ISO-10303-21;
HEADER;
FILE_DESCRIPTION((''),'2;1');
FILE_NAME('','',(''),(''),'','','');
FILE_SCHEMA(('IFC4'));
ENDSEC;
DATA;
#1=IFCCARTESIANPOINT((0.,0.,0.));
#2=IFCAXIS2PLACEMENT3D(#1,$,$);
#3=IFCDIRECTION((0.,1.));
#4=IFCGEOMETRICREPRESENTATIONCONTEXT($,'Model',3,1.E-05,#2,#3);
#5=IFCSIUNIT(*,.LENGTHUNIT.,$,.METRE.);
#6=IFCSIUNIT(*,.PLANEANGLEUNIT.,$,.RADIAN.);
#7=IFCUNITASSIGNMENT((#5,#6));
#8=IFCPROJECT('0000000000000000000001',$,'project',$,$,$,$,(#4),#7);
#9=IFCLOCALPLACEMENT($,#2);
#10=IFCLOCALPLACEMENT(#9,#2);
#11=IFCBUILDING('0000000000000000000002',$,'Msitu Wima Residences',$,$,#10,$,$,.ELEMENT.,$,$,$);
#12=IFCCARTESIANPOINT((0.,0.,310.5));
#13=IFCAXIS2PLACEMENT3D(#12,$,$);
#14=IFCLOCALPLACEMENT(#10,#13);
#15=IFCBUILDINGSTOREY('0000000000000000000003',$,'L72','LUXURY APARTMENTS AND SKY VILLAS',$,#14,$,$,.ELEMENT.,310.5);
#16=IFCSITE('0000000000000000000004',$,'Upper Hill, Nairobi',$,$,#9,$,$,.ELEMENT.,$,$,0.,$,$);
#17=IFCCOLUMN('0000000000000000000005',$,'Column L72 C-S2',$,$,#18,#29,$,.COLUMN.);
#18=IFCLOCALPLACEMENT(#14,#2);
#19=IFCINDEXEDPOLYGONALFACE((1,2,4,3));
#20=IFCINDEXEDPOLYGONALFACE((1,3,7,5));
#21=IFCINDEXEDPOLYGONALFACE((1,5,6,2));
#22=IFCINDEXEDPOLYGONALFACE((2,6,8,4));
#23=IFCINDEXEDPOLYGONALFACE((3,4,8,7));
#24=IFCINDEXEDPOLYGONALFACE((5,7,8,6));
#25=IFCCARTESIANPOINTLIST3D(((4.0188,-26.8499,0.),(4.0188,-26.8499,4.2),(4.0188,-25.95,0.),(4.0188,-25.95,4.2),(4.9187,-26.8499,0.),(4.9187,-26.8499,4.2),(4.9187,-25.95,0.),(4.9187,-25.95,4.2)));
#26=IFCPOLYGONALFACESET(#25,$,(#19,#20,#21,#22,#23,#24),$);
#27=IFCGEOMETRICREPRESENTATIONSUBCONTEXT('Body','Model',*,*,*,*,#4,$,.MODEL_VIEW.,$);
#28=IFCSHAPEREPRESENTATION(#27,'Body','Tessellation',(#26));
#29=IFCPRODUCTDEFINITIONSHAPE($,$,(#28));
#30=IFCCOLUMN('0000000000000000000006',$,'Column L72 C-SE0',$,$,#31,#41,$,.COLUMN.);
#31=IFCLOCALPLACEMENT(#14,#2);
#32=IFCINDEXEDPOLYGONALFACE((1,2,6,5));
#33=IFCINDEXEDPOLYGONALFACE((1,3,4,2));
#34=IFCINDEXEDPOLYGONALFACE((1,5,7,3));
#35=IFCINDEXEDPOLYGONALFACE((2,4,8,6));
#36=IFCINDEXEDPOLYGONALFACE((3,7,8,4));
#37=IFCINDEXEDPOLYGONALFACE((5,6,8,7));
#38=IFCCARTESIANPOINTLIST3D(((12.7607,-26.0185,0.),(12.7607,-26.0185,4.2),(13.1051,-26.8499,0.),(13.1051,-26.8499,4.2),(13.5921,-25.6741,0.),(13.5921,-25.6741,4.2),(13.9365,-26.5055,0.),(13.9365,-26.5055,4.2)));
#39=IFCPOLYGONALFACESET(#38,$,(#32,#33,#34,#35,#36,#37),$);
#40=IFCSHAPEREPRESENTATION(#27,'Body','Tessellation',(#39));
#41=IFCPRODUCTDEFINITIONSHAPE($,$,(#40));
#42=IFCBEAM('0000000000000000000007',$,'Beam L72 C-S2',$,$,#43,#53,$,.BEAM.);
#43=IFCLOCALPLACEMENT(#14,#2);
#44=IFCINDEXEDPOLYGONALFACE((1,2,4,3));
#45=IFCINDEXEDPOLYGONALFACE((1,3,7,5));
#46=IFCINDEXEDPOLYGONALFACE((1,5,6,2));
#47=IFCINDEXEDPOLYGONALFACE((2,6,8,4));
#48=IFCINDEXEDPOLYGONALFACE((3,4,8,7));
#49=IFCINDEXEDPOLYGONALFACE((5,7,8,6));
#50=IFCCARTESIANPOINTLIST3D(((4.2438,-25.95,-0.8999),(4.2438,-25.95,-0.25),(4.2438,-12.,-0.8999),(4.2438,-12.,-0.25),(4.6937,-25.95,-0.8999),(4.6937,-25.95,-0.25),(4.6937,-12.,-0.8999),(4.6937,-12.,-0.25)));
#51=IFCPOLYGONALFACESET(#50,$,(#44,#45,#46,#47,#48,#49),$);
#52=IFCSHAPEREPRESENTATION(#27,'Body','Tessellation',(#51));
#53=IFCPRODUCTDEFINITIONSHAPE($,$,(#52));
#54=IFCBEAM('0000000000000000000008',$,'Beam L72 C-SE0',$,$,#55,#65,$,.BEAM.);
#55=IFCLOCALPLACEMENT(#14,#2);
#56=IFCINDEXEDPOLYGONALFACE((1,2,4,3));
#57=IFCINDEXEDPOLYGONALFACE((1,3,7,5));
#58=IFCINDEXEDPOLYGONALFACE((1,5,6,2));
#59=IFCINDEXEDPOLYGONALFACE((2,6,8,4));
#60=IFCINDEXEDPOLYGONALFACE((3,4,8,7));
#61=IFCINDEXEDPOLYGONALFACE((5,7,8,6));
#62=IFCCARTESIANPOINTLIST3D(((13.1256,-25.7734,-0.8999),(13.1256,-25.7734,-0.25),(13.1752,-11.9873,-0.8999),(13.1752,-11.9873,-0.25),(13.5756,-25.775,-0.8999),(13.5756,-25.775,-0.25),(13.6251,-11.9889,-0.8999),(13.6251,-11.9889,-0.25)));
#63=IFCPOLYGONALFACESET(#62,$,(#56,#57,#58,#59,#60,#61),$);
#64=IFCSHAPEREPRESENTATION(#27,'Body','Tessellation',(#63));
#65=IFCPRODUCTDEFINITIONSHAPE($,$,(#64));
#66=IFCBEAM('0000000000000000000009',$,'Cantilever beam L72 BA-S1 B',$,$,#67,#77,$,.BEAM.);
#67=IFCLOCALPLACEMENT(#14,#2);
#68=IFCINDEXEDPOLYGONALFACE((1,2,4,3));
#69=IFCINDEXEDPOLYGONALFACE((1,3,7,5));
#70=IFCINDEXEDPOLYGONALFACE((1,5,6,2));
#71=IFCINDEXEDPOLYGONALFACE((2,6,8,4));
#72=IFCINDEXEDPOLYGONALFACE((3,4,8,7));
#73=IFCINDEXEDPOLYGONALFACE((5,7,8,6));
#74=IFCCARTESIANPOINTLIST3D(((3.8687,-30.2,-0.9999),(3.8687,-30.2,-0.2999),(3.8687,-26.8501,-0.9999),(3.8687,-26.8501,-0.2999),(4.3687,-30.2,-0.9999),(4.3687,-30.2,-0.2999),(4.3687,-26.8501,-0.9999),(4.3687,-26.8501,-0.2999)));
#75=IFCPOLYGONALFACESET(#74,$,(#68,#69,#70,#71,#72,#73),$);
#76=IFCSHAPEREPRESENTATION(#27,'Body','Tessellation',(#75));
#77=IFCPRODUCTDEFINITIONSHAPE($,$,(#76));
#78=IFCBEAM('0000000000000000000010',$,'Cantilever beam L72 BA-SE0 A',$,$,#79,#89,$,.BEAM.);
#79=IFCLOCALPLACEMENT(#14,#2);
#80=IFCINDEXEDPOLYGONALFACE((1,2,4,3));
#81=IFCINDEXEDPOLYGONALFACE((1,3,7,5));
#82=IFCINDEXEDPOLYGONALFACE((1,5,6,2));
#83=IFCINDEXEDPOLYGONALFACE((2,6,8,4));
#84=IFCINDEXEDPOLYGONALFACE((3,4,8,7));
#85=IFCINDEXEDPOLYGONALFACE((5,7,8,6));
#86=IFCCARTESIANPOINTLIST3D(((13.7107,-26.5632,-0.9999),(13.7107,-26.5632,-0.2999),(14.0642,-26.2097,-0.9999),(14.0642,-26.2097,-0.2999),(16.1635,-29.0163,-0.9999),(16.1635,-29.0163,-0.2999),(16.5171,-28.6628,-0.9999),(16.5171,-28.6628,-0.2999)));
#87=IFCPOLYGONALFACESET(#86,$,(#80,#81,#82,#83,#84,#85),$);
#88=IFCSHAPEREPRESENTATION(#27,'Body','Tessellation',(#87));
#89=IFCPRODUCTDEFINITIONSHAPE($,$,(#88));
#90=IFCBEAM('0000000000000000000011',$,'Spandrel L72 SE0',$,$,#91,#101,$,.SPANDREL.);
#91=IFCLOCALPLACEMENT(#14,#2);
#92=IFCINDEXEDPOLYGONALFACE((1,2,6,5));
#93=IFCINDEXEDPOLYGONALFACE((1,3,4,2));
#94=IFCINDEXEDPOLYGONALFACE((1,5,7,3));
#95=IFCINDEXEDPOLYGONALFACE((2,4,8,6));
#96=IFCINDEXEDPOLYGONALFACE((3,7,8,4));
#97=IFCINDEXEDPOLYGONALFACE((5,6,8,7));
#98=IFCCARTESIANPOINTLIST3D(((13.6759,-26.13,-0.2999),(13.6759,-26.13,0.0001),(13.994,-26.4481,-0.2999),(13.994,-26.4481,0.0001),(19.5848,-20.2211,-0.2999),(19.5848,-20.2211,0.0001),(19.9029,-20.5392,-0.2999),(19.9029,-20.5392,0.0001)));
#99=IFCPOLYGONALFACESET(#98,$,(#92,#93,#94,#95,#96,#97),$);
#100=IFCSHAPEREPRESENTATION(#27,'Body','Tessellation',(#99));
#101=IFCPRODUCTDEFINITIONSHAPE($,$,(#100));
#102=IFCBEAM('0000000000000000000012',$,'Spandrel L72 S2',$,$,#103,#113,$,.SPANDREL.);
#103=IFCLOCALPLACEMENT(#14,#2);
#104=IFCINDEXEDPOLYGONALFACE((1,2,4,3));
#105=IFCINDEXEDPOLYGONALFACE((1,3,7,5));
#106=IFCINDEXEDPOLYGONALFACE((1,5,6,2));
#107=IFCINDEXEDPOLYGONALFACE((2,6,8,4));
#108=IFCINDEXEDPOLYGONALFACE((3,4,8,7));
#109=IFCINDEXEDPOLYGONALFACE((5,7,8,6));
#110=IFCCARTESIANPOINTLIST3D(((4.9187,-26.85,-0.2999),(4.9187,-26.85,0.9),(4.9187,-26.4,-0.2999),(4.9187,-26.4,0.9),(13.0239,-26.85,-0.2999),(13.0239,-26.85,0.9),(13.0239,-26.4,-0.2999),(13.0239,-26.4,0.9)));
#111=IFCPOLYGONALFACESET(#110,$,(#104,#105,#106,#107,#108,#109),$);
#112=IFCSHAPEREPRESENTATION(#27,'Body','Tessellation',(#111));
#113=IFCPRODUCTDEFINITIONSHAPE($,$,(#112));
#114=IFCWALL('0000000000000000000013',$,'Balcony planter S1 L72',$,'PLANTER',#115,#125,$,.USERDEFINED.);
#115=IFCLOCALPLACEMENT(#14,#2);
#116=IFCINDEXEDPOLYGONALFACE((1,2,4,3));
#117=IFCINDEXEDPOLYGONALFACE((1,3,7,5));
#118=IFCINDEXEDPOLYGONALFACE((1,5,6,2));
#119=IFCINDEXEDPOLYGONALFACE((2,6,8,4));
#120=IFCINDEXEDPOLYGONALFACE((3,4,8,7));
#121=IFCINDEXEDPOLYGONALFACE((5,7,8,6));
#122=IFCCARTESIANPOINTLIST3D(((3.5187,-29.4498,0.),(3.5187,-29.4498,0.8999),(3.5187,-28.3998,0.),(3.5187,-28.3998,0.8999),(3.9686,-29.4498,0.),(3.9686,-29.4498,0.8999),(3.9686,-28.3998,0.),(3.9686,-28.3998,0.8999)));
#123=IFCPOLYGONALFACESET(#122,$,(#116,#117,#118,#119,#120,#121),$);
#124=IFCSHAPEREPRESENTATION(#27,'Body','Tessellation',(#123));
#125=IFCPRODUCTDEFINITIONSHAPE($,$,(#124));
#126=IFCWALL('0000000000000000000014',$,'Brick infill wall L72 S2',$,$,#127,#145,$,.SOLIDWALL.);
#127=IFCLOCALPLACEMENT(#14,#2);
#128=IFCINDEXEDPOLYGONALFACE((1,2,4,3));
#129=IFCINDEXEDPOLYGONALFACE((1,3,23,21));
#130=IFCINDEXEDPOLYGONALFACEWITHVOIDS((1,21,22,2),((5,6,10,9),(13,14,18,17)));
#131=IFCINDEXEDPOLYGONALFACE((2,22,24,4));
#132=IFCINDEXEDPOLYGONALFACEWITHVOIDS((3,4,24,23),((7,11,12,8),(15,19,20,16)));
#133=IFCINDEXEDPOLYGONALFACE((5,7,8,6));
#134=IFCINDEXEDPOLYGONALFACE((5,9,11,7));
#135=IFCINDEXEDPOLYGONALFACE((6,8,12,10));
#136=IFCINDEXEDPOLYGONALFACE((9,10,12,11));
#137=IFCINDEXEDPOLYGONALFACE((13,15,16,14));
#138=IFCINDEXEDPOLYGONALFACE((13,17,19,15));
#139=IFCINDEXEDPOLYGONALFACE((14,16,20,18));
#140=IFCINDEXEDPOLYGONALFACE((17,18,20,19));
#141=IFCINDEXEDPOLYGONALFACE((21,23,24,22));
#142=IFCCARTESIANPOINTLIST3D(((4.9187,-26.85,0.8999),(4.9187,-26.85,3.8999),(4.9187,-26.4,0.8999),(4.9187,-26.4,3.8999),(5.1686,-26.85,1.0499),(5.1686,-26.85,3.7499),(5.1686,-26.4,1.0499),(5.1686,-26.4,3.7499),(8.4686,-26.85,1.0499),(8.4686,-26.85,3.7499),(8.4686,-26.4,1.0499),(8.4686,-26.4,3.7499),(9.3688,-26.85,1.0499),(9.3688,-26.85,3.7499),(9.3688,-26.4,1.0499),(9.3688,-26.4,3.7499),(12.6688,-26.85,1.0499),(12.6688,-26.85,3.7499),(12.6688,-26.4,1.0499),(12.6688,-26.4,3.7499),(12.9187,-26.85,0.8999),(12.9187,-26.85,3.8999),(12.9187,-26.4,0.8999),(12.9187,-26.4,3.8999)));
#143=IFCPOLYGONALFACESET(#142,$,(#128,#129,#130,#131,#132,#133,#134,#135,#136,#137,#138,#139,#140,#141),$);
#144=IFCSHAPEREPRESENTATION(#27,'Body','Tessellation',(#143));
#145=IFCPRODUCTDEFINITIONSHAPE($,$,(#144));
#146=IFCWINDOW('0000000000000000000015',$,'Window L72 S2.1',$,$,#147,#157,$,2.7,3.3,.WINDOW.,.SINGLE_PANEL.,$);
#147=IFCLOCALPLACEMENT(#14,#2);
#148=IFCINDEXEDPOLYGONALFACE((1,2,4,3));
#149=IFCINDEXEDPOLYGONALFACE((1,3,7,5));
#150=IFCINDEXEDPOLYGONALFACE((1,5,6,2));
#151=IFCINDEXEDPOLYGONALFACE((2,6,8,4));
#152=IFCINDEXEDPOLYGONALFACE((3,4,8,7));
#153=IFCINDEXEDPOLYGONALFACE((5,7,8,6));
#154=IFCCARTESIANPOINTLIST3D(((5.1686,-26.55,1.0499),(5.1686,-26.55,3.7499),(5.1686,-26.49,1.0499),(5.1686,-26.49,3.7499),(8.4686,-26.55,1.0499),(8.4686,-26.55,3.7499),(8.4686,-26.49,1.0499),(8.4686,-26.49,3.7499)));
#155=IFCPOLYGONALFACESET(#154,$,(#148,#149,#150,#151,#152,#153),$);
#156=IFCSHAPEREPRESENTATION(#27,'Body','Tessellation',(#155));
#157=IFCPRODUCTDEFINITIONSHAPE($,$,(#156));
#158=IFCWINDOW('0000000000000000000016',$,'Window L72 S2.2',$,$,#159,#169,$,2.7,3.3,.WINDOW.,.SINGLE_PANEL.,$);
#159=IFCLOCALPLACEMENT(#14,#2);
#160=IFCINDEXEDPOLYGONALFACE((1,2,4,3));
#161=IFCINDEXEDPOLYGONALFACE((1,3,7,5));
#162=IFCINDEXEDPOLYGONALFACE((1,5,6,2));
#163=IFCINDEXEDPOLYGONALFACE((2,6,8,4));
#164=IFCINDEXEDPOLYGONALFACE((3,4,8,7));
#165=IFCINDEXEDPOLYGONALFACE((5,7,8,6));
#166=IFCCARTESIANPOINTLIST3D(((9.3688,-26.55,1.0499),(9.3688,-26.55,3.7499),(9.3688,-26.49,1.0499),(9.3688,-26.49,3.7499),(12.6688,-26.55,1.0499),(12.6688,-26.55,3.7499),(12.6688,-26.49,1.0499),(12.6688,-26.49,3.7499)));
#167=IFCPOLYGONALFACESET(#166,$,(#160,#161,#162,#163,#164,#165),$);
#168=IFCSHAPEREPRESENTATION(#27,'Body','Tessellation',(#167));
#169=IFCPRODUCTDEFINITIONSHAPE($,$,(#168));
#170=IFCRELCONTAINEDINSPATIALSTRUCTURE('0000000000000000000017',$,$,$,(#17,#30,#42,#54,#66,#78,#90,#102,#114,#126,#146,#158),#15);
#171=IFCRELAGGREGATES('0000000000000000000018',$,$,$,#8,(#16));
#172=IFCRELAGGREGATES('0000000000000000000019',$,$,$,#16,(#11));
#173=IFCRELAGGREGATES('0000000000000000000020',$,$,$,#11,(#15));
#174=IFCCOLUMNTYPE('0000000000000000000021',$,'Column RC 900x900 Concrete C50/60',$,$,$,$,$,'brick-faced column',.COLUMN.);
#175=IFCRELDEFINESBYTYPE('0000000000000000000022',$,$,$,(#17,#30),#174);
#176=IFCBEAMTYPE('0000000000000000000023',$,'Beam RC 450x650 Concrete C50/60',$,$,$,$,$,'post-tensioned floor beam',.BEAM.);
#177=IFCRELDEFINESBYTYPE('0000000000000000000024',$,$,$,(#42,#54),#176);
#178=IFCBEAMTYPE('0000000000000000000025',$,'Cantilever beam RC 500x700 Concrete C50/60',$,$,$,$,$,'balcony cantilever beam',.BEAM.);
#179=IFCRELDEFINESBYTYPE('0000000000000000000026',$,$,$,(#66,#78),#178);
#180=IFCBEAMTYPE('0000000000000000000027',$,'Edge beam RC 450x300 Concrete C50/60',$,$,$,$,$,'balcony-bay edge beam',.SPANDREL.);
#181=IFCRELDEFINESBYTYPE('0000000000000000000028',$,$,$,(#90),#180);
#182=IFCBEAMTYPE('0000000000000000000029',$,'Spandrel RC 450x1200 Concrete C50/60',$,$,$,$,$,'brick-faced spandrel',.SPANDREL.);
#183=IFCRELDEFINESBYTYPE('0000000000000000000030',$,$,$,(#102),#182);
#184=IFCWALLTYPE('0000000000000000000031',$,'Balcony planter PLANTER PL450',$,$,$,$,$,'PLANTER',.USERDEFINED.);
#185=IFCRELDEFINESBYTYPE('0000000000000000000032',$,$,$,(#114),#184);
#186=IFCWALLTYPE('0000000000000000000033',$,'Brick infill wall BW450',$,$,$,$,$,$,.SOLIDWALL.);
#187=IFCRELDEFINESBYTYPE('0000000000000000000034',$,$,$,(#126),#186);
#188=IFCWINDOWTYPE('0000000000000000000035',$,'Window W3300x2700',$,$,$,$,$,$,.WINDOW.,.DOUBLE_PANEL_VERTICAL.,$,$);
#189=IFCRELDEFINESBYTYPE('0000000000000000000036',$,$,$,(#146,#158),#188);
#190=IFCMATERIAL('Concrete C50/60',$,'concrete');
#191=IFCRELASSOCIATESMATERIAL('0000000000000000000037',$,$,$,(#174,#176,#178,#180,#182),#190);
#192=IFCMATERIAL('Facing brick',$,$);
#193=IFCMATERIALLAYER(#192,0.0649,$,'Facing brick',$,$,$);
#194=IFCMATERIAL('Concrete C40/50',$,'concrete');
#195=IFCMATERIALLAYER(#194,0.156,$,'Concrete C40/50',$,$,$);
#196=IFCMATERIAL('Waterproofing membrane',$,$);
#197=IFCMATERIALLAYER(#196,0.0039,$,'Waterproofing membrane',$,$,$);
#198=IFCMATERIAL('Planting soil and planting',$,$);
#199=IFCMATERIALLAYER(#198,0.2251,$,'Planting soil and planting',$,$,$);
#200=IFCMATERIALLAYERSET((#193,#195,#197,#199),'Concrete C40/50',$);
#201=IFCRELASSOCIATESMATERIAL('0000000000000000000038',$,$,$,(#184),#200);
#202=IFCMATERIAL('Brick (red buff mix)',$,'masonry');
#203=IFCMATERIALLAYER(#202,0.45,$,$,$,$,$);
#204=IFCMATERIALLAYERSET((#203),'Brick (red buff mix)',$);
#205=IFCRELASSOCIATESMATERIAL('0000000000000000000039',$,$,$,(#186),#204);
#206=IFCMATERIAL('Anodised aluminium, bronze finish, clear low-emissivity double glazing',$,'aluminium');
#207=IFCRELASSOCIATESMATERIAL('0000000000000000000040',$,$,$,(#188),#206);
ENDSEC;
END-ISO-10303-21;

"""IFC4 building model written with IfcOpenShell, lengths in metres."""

from ifc_helpers import new_model, si_unit, direction, frame, frame_2d, origin, origin_2d, place, context, subcontext, project, spatial, rectangle, extrude, material, layer, layer_set, material_profile, profile_set, type_object, element, fill, save


model = new_model("IFC4")

# Units and contexts
model_context = context("Model", 3, precision=1e-05, world=origin(), true_north=direction((0.0, 1.0)))
body_context = subcontext(model_context, "Body", "Model", "MODEL_VIEW")
ifc_project = project(units=[si_unit("LENGTHUNIT", "METRE"), si_unit("PLANEANGLEUNIT", "RADIAN")], contexts=[model_context])

# Site, building, storey
site_placement = place(None, origin())
site = spatial("IfcSite", under=ifc_project, at=site_placement, Name="Upper Hill, Nairobi", CompositionType="ELEMENT", RefElevation=0.0)
building_placement = place(site_placement, origin())
building = spatial("IfcBuilding", under=site, at=building_placement, Name="Msitu Wima Residences", CompositionType="ELEMENT")
storey_placement = place(building_placement, frame((0.0, 0.0, 310.5)))
storey = spatial("IfcBuildingStorey", under=building, at=storey_placement, Name="L72", Description="LUXURY APARTMENTS AND SKY VILLAS", CompositionType="ELEMENT", Elevation=310.5)

# Columns
ifc_material_1 = material(Name="Concrete C50/60", Category="concrete")
ifc_material_profile_1 = material_profile(ifc_material_1, rectangle(XDim=0.8999, YDim=0.8999, at=origin_2d()), Name="RC 900x900")
ifc_profile_set_1 = profile_set([ifc_material_profile_1], Name="Concrete C50/60")
column_type = type_object("IfcColumnType", Name="Column RC 900x900 Concrete C50/60", ElementType="brick-faced column", PredefinedType="COLUMN", material=ifc_profile_set_1)
for number, where, z_axis, x_axis, name in (
    (1, (4.4688, -26.3999, 0.0), (0.0, 0.0, 1.0), (1.0, 0.0, 0.0), "Column L72 C-S2"),
    (2, (13.3486, -26.262, 0.0), (0.0, 0.0, 1.0), (0.92388, 0.382683, 0.0), "Column L72 C-SE0"),
):
    element("IfcColumn", number, at=place(storey_placement, frame(where, z_axis=z_axis, x_axis=x_axis)), inside=storey, type_object=column_type, Name=name, PredefinedType="COLUMN", context=body_context, shape_type="SweptSolid", body=[
        extrude(rectangle(XDim=0.8999, YDim=0.8999, at=origin_2d()), origin(), (0.0, 0.0, 1.0), 4.2),
    ])

# Beams
ifc_material_profile_2 = material_profile(ifc_material_1, rectangle(XDim=0.45, YDim=0.6499, at=origin_2d()), Name="RC 450x650")
ifc_profile_set_2 = profile_set([ifc_material_profile_2], Name="Concrete C50/60")
beam_type_1 = type_object("IfcBeamType", Name="Beam RC 450x650 Concrete C50/60", ElementType="post-tensioned floor beam", PredefinedType="BEAM", material=ifc_profile_set_2)
beam_1_placement = place(storey_placement, frame((4.4688, -25.95, -0.575), z_axis=(0.0, 1.0, 0.0), x_axis=(-1.0, 0.0, 0.0)))
element("IfcBeam", 3, at=beam_1_placement, inside=storey, type_object=beam_type_1, Name="Beam L72 C-S2", PredefinedType="BEAM", context=body_context, shape_type="SweptSolid", body=[
    extrude(rectangle(XDim=0.45, YDim=0.6499, at=origin_2d()), origin(), (0.0, 0.0, 1.0), 13.95),
])
beam_2_placement = place(storey_placement, frame((13.3506, -25.7742, -0.575), z_axis=(0.003595, 0.999994, 0.0), x_axis=(-0.999994, 0.003595, 0.0)))
element("IfcBeam", 4, at=beam_2_placement, inside=storey, type_object=beam_type_1, Name="Beam L72 C-SE0", PredefinedType="BEAM", context=body_context, shape_type="SweptSolid", body=[
    extrude(rectangle(XDim=0.45, YDim=0.6499, at=origin_2d()), origin(), (0.0, 0.0, 1.0), 13.7861),
])
ifc_material_profile_3 = material_profile(ifc_material_1, rectangle(XDim=0.5, YDim=0.7, at=origin_2d()), Name="RC 500x700")
ifc_profile_set_3 = profile_set([ifc_material_profile_3], Name="Concrete C50/60")
beam_type_2 = type_object("IfcBeamType", Name="Cantilever beam RC 500x700 Concrete C50/60", ElementType="balcony cantilever beam", PredefinedType="BEAM", material=ifc_profile_set_3)
beam_3_placement = place(storey_placement, frame((4.1187, -26.8501, -0.6499), z_axis=(0.0, -1.0, 0.0), x_axis=(1.0, 0.0, 0.0)))
element("IfcBeam", 5, at=beam_3_placement, inside=storey, type_object=beam_type_2, Name="Cantilever beam L72 BA-S1 B", PredefinedType="BEAM", context=body_context, shape_type="SweptSolid", body=[
    extrude(rectangle(XDim=0.5, YDim=0.7, at=origin_2d()), origin(), (0.0, 0.0, 1.0), 3.3499),
])
beam_4_placement = place(storey_placement, frame((13.8875, -26.3865, -0.6499), z_axis=(0.707072, -0.707142, 0.0), x_axis=(0.707142, 0.707072, 0.0)))
element("IfcBeam", 6, at=beam_4_placement, inside=storey, type_object=beam_type_2, Name="Cantilever beam L72 BA-SE0 A", PredefinedType="BEAM", context=body_context, shape_type="SweptSolid", body=[
    extrude(rectangle(XDim=0.5, YDim=0.7, at=origin_2d()), origin(), (0.0, 0.0, 1.0), 3.469),
])
ifc_material_profile_4 = material_profile(ifc_material_1, rectangle(XDim=0.45, YDim=0.3, at=origin_2d()), Name="RC 450x300")
ifc_profile_set_4 = profile_set([ifc_material_profile_4], Name="Concrete C50/60")
beam_type_3 = type_object("IfcBeamType", Name="Edge beam RC 450x300 Concrete C50/60", ElementType="balcony-bay edge beam", PredefinedType="SPANDREL", material=ifc_profile_set_4)
beam_5_placement = place(storey_placement, frame((13.835, -26.2891, -0.1499), z_axis=(0.707107, 0.707107, 0.0), x_axis=(-0.707107, 0.707107, 0.0)))
element("IfcBeam", 7, at=beam_5_placement, inside=storey, type_object=beam_type_3, Name="Spandrel L72 SE0", PredefinedType="SPANDREL", context=body_context, shape_type="SweptSolid", body=[
    extrude(rectangle(XDim=0.45, YDim=0.3, at=origin_2d()), origin(), (0.0, 0.0, 1.0), 8.3564),
])
ifc_material_profile_5 = material_profile(ifc_material_1, rectangle(XDim=0.45, YDim=1.2, at=origin_2d()), Name="RC 450x1200")
ifc_profile_set_5 = profile_set([ifc_material_profile_5], Name="Concrete C50/60")
beam_type_4 = type_object("IfcBeamType", Name="Spandrel RC 450x1200 Concrete C50/60", ElementType="brick-faced spandrel", PredefinedType="SPANDREL", material=ifc_profile_set_5)
beam_6_placement = place(storey_placement, frame((4.9187, -26.625, 0.3), z_axis=(1.0, 0.0, 0.0), x_axis=(0.0, 1.0, 0.0)))
element("IfcBeam", 8, at=beam_6_placement, inside=storey, type_object=beam_type_4, Name="Spandrel L72 S2", PredefinedType="SPANDREL", context=body_context, shape_type="SweptSolid", body=[
    extrude(rectangle(XDim=0.45, YDim=1.2, at=origin_2d()), origin(), (0.0, 0.0, 1.0), 8.1052),
])

# Wall
ifc_material_2 = material(Name="Facing brick")
ifc_layer_1 = layer(ifc_material_2, 0.0649, Name="Facing brick")
ifc_material_3 = material(Name="Concrete C40/50", Category="concrete")
ifc_layer_2 = layer(ifc_material_3, 0.156, Name="Concrete C40/50")
ifc_material_4 = material(Name="Waterproofing membrane")
ifc_layer_3 = layer(ifc_material_4, 0.0039, Name="Waterproofing membrane")
ifc_material_5 = material(Name="Planting soil and planting")
ifc_layer_4 = layer(ifc_material_5, 0.2251, Name="Planting soil and planting")
ifc_layer_set_1 = layer_set([ifc_layer_1, ifc_layer_2, ifc_layer_3, ifc_layer_4], Name="Concrete C40/50")
wall_type_1 = type_object("IfcWallType", Name="Balcony planter PLANTER PL450", ElementType="PLANTER", PredefinedType="USERDEFINED", material=ifc_layer_set_1)
wall_1_placement = place(storey_placement, frame((3.7437, -28.3999, 0.0), z_axis=(0.0, 0.0, 1.0), x_axis=(0.0, -1.0, 0.0)))
element("IfcWall", 9, at=wall_1_placement, inside=storey, type_object=wall_type_1, Name="Balcony planter S1 L72", ObjectType="PLANTER", PredefinedType="USERDEFINED", context=body_context, shape_type="SweptSolid", body=[
    extrude(rectangle(XDim=1.05, YDim=0.45, at=frame_2d((0.5249, 0.0))), origin(), (0.0, 0.0, 1.0), 0.8999),
])

# Wall, openings, windows
ifc_material_6 = material(Name="Brick (red buff mix)", Category="masonry")
ifc_layer_5 = layer(ifc_material_6, 0.45)
ifc_layer_set_2 = layer_set([ifc_layer_5], Name="Brick (red buff mix)")
wall_type_2 = type_object("IfcWallType", Name="Brick infill wall BW450", PredefinedType="SOLIDWALL", material=ifc_layer_set_2)
wall_2_placement = place(storey_placement, frame((4.9187, -26.625, 0.8999), z_axis=(0.0, 0.0, 1.0), x_axis=(1.0, 0.0, 0.0)))
wall_2 = element("IfcWall", 10, at=wall_2_placement, inside=storey, type_object=wall_type_2, Name="Brick infill wall L72 S2", PredefinedType="SOLIDWALL", context=body_context, shape_type="SweptSolid", body=[
    extrude(rectangle(XDim=8.0, YDim=0.45, at=frame_2d((4.0, 0.0))), origin(), (0.0, 0.0, 1.0), 3.0),
])
opening_1_placement = place(wall_2_placement, frame((0.25, 0.0, 0.1499)))
opening_1 = element("IfcOpeningElement", 11, at=opening_1_placement, cuts=wall_2, PredefinedType="OPENING", context=body_context, shape_type="SweptSolid", body=[
    extrude(rectangle(XDim=3.3, YDim=2.7, at=frame_2d((1.6499, 1.3501))), frame((0.0, 0.2349, 0.0), z_axis=(0.0, -1.0, 0.0), x_axis=(1.0, 0.0, 0.0)), (0.0, 0.0, 1.0), 0.47),
])
opening_2_placement = place(wall_2_placement, frame((4.4502, 0.0, 0.1499)))
opening_2 = element("IfcOpeningElement", 12, at=opening_2_placement, cuts=wall_2, PredefinedType="OPENING", context=body_context, shape_type="SweptSolid", body=[
    extrude(rectangle(XDim=3.3, YDim=2.7, at=frame_2d((1.6499, 1.3501))), frame((0.0, 0.2349, 0.0), z_axis=(0.0, -1.0, 0.0), x_axis=(1.0, 0.0, 0.0)), (0.0, 0.0, 1.0), 0.47),
])
ifc_material_7 = material(Name="Anodised aluminium, bronze finish, clear low-emissivity double glazing", Category="aluminium")
window_type = type_object("IfcWindowType", Name="Window W3300x2700", PartitioningType="DOUBLE_PANEL_VERTICAL", PredefinedType="WINDOW", material=ifc_material_7)
window_1_placement = place(opening_1_placement, origin())
window_1 = element("IfcWindow", 13, at=window_1_placement, inside=storey, type_object=window_type, Name="Window L72 S2.1", OverallHeight=2.7, OverallWidth=3.3, PartitioningType="SINGLE_PANEL", PredefinedType="WINDOW", context=body_context, shape_type="SweptSolid", body=[
    extrude(rectangle(XDim=3.3, YDim=2.7, at=frame_2d((1.6499, 1.3501))), frame((0.0, 0.135, 0.0), z_axis=(0.0, -1.0, 0.0), x_axis=(1.0, 0.0, 0.0)), (0.0, 0.0, 1.0), 0.0601),
])
fill(opening_1, window_1)
window_2_placement = place(opening_2_placement, origin())
window_2 = element("IfcWindow", 14, at=window_2_placement, inside=storey, type_object=window_type, Name="Window L72 S2.2", OverallHeight=2.7, OverallWidth=3.3, PartitioningType="SINGLE_PANEL", PredefinedType="WINDOW", context=body_context, shape_type="SweptSolid", body=[
    extrude(rectangle(XDim=3.3, YDim=2.7, at=frame_2d((1.6499, 1.3501))), frame((0.0, 0.135, 0.0), z_axis=(0.0, -1.0, 0.0), x_axis=(1.0, 0.0, 0.0)), (0.0, 0.0, 1.0), 0.0601),
])
fill(opening_2, window_2)

save(model, "model.ifc")
